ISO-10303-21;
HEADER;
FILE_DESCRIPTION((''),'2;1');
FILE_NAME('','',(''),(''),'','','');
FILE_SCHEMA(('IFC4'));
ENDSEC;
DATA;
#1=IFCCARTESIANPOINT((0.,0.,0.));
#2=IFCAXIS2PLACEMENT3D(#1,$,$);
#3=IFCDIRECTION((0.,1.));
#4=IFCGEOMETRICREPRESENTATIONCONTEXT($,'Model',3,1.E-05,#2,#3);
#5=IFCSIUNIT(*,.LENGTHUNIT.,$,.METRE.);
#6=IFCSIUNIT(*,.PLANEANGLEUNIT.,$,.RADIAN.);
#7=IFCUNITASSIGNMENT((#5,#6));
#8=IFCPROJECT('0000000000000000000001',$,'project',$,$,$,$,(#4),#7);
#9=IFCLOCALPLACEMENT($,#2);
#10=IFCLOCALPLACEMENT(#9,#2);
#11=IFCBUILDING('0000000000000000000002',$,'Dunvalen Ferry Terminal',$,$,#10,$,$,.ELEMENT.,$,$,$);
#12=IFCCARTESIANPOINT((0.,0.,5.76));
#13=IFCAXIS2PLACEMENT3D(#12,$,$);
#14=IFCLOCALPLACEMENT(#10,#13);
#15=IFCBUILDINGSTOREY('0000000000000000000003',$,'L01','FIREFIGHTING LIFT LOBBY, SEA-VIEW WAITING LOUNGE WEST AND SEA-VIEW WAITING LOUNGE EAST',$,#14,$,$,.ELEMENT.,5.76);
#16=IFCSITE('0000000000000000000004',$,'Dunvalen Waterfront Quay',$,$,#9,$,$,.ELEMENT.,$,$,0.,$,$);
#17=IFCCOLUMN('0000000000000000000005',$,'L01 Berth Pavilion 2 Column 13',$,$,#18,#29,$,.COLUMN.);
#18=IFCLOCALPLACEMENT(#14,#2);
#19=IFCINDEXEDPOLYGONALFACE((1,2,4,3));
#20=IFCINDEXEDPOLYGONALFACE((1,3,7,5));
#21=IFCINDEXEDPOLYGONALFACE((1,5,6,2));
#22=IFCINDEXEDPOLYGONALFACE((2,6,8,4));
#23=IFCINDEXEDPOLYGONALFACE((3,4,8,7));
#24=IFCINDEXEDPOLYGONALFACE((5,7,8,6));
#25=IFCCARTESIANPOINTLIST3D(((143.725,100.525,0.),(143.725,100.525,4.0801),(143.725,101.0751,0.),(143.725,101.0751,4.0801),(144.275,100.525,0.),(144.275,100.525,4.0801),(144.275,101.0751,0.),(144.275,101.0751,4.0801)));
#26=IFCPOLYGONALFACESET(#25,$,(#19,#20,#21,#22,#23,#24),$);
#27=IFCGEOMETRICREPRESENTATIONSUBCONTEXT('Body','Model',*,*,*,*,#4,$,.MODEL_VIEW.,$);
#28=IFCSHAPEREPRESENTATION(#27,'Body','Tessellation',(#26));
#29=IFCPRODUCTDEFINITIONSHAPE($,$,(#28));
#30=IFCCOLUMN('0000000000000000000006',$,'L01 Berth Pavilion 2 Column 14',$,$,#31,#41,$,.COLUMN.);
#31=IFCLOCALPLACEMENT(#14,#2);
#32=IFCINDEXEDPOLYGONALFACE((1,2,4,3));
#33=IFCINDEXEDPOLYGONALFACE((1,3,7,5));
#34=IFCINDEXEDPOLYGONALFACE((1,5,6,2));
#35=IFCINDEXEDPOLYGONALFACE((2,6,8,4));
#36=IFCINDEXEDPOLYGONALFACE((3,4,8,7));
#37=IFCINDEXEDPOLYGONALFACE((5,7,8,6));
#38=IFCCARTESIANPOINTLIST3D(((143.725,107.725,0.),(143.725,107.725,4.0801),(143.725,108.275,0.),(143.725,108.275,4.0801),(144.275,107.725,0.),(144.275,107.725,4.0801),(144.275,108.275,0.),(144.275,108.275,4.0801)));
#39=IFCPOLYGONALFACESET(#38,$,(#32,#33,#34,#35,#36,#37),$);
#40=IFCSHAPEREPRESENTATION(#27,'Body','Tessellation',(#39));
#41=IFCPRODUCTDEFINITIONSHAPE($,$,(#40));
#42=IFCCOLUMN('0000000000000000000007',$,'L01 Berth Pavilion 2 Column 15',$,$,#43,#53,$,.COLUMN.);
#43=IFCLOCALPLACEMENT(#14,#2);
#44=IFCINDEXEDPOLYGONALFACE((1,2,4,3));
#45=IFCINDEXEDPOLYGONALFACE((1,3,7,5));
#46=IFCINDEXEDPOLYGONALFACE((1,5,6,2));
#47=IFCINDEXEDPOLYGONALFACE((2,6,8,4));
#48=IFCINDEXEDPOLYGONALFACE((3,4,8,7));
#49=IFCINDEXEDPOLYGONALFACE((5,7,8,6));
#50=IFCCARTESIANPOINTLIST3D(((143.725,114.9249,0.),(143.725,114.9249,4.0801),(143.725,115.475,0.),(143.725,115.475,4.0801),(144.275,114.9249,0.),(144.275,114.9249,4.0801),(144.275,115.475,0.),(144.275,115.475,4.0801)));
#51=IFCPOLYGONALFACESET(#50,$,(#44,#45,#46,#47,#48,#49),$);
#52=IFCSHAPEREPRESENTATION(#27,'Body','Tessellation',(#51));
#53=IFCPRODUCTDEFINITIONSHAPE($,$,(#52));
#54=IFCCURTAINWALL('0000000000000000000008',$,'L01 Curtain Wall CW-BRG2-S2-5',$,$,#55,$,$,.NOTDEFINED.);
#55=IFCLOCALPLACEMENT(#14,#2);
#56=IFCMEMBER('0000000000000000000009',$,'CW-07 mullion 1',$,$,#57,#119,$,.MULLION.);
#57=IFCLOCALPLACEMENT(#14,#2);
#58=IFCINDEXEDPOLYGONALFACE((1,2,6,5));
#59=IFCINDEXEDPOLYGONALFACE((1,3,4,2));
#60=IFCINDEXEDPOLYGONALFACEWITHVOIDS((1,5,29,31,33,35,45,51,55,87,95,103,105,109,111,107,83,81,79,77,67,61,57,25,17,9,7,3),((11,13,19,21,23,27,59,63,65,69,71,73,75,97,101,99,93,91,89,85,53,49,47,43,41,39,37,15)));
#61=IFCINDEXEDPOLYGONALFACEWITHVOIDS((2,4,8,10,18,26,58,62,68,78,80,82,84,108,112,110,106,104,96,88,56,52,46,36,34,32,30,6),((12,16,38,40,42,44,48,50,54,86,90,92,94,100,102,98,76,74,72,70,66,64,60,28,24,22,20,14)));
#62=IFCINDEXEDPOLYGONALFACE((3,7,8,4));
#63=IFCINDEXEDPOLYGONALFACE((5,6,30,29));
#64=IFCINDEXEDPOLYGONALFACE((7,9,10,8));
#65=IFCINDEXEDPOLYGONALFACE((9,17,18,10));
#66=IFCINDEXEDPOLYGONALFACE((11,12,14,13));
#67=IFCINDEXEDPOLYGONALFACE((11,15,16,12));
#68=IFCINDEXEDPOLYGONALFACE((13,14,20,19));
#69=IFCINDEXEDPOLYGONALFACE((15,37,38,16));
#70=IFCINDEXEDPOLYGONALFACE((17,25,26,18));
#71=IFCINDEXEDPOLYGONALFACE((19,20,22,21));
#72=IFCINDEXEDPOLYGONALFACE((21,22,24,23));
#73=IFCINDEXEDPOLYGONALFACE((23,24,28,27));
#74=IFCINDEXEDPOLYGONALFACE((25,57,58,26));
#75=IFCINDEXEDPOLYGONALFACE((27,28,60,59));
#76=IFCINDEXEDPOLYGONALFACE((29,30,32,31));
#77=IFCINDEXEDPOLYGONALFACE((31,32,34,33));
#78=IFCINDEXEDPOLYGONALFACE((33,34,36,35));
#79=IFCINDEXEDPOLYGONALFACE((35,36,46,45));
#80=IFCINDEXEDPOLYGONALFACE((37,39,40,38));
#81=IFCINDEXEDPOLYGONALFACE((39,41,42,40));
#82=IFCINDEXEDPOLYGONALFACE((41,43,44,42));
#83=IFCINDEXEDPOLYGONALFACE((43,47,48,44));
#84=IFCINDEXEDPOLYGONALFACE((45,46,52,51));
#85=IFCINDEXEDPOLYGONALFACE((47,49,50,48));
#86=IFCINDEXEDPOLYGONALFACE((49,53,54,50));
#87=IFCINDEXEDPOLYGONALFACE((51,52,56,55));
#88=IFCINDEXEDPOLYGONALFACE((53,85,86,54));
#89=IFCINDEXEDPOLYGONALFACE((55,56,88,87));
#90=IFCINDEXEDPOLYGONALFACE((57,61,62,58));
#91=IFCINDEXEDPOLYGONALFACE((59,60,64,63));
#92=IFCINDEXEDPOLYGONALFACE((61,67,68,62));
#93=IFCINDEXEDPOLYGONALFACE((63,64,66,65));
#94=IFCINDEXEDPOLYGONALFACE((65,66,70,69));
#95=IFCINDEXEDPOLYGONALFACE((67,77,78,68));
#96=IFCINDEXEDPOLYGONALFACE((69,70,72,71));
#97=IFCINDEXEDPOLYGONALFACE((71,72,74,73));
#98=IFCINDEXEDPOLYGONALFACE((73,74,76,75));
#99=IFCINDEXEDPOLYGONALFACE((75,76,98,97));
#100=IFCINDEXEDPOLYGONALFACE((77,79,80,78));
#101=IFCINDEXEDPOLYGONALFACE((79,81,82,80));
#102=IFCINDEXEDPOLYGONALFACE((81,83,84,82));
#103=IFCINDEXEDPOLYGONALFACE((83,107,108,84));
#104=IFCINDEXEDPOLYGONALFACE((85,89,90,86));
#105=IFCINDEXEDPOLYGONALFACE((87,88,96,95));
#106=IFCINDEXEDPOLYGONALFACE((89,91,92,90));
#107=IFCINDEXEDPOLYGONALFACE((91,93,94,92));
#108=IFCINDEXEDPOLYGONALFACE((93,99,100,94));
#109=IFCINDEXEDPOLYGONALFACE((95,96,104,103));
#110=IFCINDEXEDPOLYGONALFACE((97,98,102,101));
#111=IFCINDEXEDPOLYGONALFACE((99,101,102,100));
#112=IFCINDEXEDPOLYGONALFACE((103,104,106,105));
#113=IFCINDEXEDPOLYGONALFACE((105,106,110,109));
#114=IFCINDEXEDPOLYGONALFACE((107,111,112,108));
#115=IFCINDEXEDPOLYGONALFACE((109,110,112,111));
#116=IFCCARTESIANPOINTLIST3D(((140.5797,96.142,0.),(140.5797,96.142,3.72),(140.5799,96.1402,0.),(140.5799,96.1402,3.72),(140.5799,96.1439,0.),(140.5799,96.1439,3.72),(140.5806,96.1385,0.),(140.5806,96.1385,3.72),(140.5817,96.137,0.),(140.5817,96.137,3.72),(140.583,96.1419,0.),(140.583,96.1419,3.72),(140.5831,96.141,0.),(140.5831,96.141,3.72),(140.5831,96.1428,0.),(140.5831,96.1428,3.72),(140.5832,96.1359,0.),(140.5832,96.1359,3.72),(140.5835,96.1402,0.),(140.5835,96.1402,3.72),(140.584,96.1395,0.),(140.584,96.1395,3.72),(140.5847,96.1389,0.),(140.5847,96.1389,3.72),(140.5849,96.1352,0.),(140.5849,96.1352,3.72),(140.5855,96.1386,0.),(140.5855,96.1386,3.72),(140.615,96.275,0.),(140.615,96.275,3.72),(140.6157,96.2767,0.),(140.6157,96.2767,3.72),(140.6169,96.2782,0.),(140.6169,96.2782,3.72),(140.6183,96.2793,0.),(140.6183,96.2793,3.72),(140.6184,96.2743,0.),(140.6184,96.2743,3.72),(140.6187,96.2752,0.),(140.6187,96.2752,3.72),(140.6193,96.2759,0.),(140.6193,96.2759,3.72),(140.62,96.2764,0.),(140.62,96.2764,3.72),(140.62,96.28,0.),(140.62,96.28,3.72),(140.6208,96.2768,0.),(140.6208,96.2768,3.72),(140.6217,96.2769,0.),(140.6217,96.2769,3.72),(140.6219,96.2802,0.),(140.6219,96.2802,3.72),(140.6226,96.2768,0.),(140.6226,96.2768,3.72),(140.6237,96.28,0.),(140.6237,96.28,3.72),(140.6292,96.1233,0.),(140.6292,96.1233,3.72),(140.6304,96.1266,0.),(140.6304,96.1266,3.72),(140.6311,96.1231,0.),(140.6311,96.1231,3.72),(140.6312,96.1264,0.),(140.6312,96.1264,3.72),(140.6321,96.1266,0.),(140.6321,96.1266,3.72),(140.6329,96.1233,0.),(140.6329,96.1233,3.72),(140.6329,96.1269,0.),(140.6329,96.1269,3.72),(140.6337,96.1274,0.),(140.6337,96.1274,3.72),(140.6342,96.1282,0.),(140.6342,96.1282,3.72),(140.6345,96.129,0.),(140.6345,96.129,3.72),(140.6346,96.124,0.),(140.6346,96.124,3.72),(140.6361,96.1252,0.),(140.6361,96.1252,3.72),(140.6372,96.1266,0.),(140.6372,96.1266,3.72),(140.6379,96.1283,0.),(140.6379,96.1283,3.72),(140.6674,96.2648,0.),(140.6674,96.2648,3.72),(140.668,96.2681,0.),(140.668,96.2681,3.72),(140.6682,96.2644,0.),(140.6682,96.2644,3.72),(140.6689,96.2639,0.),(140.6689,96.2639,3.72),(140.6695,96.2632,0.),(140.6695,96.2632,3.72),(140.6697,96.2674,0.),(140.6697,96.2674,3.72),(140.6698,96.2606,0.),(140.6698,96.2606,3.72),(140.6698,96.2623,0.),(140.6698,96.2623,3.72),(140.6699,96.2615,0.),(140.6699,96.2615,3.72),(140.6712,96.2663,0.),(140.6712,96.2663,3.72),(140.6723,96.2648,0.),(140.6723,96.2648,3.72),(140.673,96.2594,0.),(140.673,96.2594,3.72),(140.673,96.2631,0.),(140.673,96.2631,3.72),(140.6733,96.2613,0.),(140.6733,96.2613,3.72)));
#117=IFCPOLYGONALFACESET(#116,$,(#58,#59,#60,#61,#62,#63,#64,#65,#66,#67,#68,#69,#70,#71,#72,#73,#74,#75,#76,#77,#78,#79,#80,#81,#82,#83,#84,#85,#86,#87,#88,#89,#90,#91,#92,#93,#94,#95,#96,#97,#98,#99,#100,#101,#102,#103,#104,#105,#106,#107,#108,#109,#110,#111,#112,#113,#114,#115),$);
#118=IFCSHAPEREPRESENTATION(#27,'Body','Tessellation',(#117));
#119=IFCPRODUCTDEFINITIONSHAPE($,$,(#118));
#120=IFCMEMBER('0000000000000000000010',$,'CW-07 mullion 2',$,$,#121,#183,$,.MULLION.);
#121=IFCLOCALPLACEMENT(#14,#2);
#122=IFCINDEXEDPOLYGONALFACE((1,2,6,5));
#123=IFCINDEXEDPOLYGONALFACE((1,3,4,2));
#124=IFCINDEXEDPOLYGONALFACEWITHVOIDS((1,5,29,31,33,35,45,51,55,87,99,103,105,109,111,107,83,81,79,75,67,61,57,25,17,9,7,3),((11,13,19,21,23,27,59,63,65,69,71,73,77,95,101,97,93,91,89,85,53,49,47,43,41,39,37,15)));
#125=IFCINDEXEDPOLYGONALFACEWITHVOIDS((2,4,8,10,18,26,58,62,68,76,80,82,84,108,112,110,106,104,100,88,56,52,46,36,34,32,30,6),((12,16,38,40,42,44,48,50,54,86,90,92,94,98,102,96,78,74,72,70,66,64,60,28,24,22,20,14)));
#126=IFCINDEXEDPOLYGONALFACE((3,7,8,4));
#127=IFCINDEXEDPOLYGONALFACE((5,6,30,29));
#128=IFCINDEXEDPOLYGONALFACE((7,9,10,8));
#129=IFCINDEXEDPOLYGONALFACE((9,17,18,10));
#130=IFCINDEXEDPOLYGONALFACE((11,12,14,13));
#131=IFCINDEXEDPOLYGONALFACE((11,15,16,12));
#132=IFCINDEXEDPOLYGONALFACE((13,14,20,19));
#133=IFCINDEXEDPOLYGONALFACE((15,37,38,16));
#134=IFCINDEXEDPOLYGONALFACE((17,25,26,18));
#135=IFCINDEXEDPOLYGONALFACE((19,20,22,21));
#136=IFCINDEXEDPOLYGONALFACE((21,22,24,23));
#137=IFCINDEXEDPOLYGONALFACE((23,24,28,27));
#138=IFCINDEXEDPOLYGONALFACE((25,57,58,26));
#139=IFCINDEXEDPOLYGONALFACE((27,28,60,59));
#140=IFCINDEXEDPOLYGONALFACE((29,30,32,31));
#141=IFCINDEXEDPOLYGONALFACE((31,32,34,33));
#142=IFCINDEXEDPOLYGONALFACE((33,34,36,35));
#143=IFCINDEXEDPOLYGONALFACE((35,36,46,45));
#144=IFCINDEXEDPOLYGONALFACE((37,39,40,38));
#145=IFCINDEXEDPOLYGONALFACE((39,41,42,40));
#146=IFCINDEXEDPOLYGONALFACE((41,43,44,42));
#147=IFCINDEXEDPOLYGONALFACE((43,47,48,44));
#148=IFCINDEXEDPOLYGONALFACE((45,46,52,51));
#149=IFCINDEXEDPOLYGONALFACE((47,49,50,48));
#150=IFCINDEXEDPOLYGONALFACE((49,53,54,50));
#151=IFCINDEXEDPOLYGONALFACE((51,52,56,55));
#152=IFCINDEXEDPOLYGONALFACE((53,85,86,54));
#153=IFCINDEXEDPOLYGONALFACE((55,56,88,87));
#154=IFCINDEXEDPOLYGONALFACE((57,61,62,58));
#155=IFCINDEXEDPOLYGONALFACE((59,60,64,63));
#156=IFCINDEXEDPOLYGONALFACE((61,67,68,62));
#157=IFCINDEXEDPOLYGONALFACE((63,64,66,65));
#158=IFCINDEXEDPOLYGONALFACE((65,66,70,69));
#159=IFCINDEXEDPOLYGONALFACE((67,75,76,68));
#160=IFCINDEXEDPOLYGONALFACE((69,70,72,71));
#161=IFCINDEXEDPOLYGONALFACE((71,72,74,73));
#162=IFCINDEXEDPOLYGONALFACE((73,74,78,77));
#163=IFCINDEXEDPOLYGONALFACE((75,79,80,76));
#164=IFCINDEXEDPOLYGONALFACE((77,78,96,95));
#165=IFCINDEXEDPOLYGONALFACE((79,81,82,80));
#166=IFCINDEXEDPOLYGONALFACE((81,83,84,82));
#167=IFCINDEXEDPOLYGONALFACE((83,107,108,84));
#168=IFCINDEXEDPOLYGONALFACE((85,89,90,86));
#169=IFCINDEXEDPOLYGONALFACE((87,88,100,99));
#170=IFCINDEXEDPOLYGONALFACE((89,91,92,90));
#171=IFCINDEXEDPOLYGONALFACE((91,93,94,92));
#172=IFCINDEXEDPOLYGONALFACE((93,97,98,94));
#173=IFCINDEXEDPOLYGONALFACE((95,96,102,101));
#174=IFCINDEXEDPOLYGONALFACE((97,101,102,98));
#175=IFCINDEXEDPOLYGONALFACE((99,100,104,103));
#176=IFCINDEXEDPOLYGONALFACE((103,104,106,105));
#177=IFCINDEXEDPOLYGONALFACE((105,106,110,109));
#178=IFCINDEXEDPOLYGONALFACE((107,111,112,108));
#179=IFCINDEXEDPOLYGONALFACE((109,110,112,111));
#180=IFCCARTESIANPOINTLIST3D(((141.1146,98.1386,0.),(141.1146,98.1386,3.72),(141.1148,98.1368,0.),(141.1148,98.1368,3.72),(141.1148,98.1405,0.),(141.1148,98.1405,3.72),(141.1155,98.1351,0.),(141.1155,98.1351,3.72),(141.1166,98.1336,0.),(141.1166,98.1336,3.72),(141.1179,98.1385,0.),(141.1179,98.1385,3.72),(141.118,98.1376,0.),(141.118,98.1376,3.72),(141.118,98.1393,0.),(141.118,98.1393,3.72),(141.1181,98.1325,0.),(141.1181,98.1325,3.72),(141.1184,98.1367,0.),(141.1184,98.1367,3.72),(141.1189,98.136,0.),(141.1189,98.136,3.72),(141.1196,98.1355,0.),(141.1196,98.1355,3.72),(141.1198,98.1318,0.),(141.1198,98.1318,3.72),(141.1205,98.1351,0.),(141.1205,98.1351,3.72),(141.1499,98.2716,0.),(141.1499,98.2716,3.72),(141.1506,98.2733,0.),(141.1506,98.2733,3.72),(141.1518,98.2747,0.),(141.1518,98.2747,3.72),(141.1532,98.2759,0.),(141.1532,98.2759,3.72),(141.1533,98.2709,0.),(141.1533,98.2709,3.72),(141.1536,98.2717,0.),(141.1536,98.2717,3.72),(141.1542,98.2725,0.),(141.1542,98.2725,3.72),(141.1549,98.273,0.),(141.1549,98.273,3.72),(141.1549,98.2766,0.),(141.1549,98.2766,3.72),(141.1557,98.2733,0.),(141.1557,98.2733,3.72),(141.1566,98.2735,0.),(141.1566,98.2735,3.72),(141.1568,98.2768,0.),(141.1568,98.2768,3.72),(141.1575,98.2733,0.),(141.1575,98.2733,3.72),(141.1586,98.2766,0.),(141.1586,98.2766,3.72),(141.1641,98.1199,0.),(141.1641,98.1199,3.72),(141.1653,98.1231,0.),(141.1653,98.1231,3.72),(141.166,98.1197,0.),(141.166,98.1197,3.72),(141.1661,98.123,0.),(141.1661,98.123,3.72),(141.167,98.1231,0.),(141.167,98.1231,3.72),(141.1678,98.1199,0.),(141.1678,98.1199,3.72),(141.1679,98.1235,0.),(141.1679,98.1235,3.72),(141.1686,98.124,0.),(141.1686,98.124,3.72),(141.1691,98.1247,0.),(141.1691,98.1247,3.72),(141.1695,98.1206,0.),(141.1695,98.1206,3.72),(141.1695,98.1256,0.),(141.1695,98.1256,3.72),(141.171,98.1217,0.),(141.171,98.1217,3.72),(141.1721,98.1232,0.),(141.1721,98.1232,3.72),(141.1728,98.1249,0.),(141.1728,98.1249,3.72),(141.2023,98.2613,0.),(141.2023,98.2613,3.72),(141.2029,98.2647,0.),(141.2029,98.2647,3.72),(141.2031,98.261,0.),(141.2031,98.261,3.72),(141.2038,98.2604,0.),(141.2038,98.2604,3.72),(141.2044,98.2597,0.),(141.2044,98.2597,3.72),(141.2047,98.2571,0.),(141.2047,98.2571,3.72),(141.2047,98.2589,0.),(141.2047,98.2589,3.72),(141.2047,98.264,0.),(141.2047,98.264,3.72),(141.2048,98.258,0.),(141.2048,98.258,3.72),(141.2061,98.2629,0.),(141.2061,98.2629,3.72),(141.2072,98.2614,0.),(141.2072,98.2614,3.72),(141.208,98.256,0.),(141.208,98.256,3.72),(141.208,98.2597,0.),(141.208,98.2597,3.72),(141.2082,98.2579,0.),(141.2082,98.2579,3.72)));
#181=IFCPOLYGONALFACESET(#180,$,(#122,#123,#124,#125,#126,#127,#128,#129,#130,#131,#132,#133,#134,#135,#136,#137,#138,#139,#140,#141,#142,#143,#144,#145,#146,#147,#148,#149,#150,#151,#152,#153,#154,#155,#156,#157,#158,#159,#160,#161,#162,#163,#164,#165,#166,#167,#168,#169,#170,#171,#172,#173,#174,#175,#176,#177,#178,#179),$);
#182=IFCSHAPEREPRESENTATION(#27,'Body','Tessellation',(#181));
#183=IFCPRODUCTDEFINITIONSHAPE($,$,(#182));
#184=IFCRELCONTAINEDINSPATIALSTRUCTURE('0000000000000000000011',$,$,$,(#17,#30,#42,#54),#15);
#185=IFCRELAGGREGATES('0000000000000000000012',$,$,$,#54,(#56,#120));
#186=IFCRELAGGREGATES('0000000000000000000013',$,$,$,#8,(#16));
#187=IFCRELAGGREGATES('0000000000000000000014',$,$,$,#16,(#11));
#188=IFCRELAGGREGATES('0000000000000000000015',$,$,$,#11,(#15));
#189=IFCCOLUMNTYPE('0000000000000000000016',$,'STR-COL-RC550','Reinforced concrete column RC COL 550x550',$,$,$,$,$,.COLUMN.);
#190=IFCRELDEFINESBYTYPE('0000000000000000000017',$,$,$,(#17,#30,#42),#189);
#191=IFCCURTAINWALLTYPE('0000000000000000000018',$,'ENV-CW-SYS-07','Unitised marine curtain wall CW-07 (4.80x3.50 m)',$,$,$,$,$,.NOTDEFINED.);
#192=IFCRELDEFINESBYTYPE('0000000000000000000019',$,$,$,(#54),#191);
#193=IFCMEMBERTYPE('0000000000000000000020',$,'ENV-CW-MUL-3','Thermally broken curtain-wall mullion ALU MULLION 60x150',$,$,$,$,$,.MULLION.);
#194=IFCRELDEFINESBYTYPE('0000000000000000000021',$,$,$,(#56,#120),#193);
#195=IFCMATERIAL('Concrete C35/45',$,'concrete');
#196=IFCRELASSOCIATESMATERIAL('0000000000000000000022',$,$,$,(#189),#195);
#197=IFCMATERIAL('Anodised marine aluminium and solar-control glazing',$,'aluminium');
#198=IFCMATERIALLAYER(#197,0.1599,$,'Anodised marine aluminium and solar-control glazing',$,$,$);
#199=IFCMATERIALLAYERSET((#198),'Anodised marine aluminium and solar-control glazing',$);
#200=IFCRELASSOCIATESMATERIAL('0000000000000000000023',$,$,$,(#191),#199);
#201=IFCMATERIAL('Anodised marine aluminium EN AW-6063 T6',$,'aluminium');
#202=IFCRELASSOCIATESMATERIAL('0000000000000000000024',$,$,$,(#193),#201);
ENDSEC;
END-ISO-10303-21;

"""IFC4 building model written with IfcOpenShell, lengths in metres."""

from ifc_helpers import new_model, si_unit, direction, frame, origin, origin_2d, place, context, subcontext, project, spatial, rectangle, hollow_rectangle, extrude, material, layer, layer_set, material_profile, profile_set, type_object, element, aggregate, save


model = new_model("IFC4")

# Units and contexts
model_context = context("Model", 3, precision=1e-05, world=origin(), true_north=direction((0.0, 1.0)))
body_context = subcontext(model_context, "Body", "Model", "MODEL_VIEW")
ifc_project = project(units=[si_unit("LENGTHUNIT", "METRE"), si_unit("PLANEANGLEUNIT", "RADIAN")], contexts=[model_context])

# Site, building, storey
site_placement = place(None, origin())
site = spatial("IfcSite", under=ifc_project, at=site_placement, Name="Dunvalen Waterfront Quay", CompositionType="ELEMENT", RefElevation=0.0)
building_placement = place(site_placement, origin())
building = spatial("IfcBuilding", under=site, at=building_placement, Name="Dunvalen Ferry Terminal", CompositionType="ELEMENT")
storey_placement = place(building_placement, frame((0.0, 0.0, 5.76)))
storey = spatial("IfcBuildingStorey", under=building, at=storey_placement, Name="L01", Description="FIREFIGHTING LIFT LOBBY, SEA-VIEW WAITING LOUNGE WEST AND SEA-VIEW WAITING LOUNGE EAST", CompositionType="ELEMENT", Elevation=5.76)

# Columns
ifc_material_1 = material(Name="Concrete C35/45", Category="concrete")
ifc_material_profile_1 = material_profile(ifc_material_1, rectangle(XDim=0.55, YDim=0.55, at=origin_2d()), Name="Concrete C35/45")
ifc_profile_set_1 = profile_set([ifc_material_profile_1], Name="Concrete C35/45")
column_type = type_object("IfcColumnType", Name="STR-COL-RC550", Description="Reinforced concrete column RC COL 550x550", PredefinedType="COLUMN", material=ifc_profile_set_1)
for number, where, z_axis, x_axis, name in (
    (1, (144.0, 100.8, 0.0), (0.0, 0.0, 1.0), (1.0, 0.0, 0.0), "L01 Berth Pavilion 2 Column 13"),
    (2, (144.0, 108.0, 0.0), (0.0, 0.0, 1.0), (1.0, 0.0, 0.0), "L01 Berth Pavilion 2 Column 14"),
    (3, (144.0, 115.2, 0.0), (0.0, 0.0, 1.0), (1.0, 0.0, 0.0), "L01 Berth Pavilion 2 Column 15"),
):
    element("IfcColumn", number, at=place(storey_placement, frame(where, z_axis=z_axis, x_axis=x_axis)), inside=storey, type_object=column_type, Name=name, PredefinedType="COLUMN", context=body_context, shape_type="SweptSolid", body=[
        extrude(rectangle(XDim=0.55, YDim=0.55, at=origin_2d()), origin(), (0.0, 0.0, 1.0), 4.0801),
    ])

# Curtain wall, members
ifc_material_2 = material(Name="Anodised marine aluminium and solar-control glazing", Category="aluminium")
ifc_layer_1 = layer(ifc_material_2, 0.1599, Name="Anodised marine aluminium and solar-control glazing")
ifc_layer_set_1 = layer_set([ifc_layer_1], Name="Anodised marine aluminium and solar-control glazing")
curtain_wall_type_1 = type_object("IfcCurtainWallType", Name="ENV-CW-SYS-07", Description="Unitised marine curtain wall CW-07 (4.80x3.50 m)", PredefinedType="NOTDEFINED", material=ifc_layer_set_1)
curtain_wall_1_placement = place(storey_placement, origin())
curtain_wall_1 = element("IfcCurtainWall", 4, at=curtain_wall_1_placement, inside=storey, type_object=curtain_wall_type_1, Name="L01 Curtain Wall CW-BRG2-S2-5", PredefinedType="NOTDEFINED")
ifc_material_3 = material(Name="Anodised marine aluminium EN AW-6063 T6", Category="aluminium")
ifc_material_profile_2 = material_profile(ifc_material_3, hollow_rectangle(XDim=0.0601, YDim=0.1499, WallThickness=0.0034, InnerFilletRadius=0.0034, OuterFilletRadius=0.0071, at=origin_2d()), Name="Anodised marine aluminium EN AW-6063 T6")
ifc_profile_set_2 = profile_set([ifc_material_profile_2], Name="Anodised marine aluminium EN AW-6063 T6")
member_type_1 = type_object("IfcMemberType", Name="ENV-CW-MUL-3", Description="Thermally broken curtain-wall mullion ALU MULLION 60x150", PredefinedType="MULLION", material=ifc_profile_set_2)
member_1_placement = place(storey_placement, frame((140.6265, 96.2017, 0.0), z_axis=(0.0, 0.0, 1.0), x_axis=(-0.965923, 0.25883, 0.0)))
member_1 = element("IfcMember", 5, at=member_1_placement, type_object=member_type_1, Name="CW-07 mullion 1", PredefinedType="MULLION", context=body_context, shape_type="SweptSolid", body=[
    extrude(hollow_rectangle(XDim=0.0601, YDim=0.1499, WallThickness=0.0034, InnerFilletRadius=0.0034, OuterFilletRadius=0.0071, at=origin_2d()), origin(), (0.0, 0.0, 1.0), 3.72),
])
member_2_placement = place(storey_placement, frame((141.1614, 98.1982, 0.0), z_axis=(0.0, 0.0, 1.0), x_axis=(-0.965923, 0.25883, 0.0)))
member_2 = element("IfcMember", 6, at=member_2_placement, type_object=member_type_1, Name="CW-07 mullion 2", PredefinedType="MULLION", context=body_context, shape_type="SweptSolid", body=[
    extrude(hollow_rectangle(XDim=0.0601, YDim=0.1499, WallThickness=0.0034, InnerFilletRadius=0.0034, OuterFilletRadius=0.0071, at=origin_2d()), origin(), (0.0, 0.0, 1.0), 3.72),
])

aggregate(curtain_wall_1, [member_1, member_2])

save(model, "model.ifc")
